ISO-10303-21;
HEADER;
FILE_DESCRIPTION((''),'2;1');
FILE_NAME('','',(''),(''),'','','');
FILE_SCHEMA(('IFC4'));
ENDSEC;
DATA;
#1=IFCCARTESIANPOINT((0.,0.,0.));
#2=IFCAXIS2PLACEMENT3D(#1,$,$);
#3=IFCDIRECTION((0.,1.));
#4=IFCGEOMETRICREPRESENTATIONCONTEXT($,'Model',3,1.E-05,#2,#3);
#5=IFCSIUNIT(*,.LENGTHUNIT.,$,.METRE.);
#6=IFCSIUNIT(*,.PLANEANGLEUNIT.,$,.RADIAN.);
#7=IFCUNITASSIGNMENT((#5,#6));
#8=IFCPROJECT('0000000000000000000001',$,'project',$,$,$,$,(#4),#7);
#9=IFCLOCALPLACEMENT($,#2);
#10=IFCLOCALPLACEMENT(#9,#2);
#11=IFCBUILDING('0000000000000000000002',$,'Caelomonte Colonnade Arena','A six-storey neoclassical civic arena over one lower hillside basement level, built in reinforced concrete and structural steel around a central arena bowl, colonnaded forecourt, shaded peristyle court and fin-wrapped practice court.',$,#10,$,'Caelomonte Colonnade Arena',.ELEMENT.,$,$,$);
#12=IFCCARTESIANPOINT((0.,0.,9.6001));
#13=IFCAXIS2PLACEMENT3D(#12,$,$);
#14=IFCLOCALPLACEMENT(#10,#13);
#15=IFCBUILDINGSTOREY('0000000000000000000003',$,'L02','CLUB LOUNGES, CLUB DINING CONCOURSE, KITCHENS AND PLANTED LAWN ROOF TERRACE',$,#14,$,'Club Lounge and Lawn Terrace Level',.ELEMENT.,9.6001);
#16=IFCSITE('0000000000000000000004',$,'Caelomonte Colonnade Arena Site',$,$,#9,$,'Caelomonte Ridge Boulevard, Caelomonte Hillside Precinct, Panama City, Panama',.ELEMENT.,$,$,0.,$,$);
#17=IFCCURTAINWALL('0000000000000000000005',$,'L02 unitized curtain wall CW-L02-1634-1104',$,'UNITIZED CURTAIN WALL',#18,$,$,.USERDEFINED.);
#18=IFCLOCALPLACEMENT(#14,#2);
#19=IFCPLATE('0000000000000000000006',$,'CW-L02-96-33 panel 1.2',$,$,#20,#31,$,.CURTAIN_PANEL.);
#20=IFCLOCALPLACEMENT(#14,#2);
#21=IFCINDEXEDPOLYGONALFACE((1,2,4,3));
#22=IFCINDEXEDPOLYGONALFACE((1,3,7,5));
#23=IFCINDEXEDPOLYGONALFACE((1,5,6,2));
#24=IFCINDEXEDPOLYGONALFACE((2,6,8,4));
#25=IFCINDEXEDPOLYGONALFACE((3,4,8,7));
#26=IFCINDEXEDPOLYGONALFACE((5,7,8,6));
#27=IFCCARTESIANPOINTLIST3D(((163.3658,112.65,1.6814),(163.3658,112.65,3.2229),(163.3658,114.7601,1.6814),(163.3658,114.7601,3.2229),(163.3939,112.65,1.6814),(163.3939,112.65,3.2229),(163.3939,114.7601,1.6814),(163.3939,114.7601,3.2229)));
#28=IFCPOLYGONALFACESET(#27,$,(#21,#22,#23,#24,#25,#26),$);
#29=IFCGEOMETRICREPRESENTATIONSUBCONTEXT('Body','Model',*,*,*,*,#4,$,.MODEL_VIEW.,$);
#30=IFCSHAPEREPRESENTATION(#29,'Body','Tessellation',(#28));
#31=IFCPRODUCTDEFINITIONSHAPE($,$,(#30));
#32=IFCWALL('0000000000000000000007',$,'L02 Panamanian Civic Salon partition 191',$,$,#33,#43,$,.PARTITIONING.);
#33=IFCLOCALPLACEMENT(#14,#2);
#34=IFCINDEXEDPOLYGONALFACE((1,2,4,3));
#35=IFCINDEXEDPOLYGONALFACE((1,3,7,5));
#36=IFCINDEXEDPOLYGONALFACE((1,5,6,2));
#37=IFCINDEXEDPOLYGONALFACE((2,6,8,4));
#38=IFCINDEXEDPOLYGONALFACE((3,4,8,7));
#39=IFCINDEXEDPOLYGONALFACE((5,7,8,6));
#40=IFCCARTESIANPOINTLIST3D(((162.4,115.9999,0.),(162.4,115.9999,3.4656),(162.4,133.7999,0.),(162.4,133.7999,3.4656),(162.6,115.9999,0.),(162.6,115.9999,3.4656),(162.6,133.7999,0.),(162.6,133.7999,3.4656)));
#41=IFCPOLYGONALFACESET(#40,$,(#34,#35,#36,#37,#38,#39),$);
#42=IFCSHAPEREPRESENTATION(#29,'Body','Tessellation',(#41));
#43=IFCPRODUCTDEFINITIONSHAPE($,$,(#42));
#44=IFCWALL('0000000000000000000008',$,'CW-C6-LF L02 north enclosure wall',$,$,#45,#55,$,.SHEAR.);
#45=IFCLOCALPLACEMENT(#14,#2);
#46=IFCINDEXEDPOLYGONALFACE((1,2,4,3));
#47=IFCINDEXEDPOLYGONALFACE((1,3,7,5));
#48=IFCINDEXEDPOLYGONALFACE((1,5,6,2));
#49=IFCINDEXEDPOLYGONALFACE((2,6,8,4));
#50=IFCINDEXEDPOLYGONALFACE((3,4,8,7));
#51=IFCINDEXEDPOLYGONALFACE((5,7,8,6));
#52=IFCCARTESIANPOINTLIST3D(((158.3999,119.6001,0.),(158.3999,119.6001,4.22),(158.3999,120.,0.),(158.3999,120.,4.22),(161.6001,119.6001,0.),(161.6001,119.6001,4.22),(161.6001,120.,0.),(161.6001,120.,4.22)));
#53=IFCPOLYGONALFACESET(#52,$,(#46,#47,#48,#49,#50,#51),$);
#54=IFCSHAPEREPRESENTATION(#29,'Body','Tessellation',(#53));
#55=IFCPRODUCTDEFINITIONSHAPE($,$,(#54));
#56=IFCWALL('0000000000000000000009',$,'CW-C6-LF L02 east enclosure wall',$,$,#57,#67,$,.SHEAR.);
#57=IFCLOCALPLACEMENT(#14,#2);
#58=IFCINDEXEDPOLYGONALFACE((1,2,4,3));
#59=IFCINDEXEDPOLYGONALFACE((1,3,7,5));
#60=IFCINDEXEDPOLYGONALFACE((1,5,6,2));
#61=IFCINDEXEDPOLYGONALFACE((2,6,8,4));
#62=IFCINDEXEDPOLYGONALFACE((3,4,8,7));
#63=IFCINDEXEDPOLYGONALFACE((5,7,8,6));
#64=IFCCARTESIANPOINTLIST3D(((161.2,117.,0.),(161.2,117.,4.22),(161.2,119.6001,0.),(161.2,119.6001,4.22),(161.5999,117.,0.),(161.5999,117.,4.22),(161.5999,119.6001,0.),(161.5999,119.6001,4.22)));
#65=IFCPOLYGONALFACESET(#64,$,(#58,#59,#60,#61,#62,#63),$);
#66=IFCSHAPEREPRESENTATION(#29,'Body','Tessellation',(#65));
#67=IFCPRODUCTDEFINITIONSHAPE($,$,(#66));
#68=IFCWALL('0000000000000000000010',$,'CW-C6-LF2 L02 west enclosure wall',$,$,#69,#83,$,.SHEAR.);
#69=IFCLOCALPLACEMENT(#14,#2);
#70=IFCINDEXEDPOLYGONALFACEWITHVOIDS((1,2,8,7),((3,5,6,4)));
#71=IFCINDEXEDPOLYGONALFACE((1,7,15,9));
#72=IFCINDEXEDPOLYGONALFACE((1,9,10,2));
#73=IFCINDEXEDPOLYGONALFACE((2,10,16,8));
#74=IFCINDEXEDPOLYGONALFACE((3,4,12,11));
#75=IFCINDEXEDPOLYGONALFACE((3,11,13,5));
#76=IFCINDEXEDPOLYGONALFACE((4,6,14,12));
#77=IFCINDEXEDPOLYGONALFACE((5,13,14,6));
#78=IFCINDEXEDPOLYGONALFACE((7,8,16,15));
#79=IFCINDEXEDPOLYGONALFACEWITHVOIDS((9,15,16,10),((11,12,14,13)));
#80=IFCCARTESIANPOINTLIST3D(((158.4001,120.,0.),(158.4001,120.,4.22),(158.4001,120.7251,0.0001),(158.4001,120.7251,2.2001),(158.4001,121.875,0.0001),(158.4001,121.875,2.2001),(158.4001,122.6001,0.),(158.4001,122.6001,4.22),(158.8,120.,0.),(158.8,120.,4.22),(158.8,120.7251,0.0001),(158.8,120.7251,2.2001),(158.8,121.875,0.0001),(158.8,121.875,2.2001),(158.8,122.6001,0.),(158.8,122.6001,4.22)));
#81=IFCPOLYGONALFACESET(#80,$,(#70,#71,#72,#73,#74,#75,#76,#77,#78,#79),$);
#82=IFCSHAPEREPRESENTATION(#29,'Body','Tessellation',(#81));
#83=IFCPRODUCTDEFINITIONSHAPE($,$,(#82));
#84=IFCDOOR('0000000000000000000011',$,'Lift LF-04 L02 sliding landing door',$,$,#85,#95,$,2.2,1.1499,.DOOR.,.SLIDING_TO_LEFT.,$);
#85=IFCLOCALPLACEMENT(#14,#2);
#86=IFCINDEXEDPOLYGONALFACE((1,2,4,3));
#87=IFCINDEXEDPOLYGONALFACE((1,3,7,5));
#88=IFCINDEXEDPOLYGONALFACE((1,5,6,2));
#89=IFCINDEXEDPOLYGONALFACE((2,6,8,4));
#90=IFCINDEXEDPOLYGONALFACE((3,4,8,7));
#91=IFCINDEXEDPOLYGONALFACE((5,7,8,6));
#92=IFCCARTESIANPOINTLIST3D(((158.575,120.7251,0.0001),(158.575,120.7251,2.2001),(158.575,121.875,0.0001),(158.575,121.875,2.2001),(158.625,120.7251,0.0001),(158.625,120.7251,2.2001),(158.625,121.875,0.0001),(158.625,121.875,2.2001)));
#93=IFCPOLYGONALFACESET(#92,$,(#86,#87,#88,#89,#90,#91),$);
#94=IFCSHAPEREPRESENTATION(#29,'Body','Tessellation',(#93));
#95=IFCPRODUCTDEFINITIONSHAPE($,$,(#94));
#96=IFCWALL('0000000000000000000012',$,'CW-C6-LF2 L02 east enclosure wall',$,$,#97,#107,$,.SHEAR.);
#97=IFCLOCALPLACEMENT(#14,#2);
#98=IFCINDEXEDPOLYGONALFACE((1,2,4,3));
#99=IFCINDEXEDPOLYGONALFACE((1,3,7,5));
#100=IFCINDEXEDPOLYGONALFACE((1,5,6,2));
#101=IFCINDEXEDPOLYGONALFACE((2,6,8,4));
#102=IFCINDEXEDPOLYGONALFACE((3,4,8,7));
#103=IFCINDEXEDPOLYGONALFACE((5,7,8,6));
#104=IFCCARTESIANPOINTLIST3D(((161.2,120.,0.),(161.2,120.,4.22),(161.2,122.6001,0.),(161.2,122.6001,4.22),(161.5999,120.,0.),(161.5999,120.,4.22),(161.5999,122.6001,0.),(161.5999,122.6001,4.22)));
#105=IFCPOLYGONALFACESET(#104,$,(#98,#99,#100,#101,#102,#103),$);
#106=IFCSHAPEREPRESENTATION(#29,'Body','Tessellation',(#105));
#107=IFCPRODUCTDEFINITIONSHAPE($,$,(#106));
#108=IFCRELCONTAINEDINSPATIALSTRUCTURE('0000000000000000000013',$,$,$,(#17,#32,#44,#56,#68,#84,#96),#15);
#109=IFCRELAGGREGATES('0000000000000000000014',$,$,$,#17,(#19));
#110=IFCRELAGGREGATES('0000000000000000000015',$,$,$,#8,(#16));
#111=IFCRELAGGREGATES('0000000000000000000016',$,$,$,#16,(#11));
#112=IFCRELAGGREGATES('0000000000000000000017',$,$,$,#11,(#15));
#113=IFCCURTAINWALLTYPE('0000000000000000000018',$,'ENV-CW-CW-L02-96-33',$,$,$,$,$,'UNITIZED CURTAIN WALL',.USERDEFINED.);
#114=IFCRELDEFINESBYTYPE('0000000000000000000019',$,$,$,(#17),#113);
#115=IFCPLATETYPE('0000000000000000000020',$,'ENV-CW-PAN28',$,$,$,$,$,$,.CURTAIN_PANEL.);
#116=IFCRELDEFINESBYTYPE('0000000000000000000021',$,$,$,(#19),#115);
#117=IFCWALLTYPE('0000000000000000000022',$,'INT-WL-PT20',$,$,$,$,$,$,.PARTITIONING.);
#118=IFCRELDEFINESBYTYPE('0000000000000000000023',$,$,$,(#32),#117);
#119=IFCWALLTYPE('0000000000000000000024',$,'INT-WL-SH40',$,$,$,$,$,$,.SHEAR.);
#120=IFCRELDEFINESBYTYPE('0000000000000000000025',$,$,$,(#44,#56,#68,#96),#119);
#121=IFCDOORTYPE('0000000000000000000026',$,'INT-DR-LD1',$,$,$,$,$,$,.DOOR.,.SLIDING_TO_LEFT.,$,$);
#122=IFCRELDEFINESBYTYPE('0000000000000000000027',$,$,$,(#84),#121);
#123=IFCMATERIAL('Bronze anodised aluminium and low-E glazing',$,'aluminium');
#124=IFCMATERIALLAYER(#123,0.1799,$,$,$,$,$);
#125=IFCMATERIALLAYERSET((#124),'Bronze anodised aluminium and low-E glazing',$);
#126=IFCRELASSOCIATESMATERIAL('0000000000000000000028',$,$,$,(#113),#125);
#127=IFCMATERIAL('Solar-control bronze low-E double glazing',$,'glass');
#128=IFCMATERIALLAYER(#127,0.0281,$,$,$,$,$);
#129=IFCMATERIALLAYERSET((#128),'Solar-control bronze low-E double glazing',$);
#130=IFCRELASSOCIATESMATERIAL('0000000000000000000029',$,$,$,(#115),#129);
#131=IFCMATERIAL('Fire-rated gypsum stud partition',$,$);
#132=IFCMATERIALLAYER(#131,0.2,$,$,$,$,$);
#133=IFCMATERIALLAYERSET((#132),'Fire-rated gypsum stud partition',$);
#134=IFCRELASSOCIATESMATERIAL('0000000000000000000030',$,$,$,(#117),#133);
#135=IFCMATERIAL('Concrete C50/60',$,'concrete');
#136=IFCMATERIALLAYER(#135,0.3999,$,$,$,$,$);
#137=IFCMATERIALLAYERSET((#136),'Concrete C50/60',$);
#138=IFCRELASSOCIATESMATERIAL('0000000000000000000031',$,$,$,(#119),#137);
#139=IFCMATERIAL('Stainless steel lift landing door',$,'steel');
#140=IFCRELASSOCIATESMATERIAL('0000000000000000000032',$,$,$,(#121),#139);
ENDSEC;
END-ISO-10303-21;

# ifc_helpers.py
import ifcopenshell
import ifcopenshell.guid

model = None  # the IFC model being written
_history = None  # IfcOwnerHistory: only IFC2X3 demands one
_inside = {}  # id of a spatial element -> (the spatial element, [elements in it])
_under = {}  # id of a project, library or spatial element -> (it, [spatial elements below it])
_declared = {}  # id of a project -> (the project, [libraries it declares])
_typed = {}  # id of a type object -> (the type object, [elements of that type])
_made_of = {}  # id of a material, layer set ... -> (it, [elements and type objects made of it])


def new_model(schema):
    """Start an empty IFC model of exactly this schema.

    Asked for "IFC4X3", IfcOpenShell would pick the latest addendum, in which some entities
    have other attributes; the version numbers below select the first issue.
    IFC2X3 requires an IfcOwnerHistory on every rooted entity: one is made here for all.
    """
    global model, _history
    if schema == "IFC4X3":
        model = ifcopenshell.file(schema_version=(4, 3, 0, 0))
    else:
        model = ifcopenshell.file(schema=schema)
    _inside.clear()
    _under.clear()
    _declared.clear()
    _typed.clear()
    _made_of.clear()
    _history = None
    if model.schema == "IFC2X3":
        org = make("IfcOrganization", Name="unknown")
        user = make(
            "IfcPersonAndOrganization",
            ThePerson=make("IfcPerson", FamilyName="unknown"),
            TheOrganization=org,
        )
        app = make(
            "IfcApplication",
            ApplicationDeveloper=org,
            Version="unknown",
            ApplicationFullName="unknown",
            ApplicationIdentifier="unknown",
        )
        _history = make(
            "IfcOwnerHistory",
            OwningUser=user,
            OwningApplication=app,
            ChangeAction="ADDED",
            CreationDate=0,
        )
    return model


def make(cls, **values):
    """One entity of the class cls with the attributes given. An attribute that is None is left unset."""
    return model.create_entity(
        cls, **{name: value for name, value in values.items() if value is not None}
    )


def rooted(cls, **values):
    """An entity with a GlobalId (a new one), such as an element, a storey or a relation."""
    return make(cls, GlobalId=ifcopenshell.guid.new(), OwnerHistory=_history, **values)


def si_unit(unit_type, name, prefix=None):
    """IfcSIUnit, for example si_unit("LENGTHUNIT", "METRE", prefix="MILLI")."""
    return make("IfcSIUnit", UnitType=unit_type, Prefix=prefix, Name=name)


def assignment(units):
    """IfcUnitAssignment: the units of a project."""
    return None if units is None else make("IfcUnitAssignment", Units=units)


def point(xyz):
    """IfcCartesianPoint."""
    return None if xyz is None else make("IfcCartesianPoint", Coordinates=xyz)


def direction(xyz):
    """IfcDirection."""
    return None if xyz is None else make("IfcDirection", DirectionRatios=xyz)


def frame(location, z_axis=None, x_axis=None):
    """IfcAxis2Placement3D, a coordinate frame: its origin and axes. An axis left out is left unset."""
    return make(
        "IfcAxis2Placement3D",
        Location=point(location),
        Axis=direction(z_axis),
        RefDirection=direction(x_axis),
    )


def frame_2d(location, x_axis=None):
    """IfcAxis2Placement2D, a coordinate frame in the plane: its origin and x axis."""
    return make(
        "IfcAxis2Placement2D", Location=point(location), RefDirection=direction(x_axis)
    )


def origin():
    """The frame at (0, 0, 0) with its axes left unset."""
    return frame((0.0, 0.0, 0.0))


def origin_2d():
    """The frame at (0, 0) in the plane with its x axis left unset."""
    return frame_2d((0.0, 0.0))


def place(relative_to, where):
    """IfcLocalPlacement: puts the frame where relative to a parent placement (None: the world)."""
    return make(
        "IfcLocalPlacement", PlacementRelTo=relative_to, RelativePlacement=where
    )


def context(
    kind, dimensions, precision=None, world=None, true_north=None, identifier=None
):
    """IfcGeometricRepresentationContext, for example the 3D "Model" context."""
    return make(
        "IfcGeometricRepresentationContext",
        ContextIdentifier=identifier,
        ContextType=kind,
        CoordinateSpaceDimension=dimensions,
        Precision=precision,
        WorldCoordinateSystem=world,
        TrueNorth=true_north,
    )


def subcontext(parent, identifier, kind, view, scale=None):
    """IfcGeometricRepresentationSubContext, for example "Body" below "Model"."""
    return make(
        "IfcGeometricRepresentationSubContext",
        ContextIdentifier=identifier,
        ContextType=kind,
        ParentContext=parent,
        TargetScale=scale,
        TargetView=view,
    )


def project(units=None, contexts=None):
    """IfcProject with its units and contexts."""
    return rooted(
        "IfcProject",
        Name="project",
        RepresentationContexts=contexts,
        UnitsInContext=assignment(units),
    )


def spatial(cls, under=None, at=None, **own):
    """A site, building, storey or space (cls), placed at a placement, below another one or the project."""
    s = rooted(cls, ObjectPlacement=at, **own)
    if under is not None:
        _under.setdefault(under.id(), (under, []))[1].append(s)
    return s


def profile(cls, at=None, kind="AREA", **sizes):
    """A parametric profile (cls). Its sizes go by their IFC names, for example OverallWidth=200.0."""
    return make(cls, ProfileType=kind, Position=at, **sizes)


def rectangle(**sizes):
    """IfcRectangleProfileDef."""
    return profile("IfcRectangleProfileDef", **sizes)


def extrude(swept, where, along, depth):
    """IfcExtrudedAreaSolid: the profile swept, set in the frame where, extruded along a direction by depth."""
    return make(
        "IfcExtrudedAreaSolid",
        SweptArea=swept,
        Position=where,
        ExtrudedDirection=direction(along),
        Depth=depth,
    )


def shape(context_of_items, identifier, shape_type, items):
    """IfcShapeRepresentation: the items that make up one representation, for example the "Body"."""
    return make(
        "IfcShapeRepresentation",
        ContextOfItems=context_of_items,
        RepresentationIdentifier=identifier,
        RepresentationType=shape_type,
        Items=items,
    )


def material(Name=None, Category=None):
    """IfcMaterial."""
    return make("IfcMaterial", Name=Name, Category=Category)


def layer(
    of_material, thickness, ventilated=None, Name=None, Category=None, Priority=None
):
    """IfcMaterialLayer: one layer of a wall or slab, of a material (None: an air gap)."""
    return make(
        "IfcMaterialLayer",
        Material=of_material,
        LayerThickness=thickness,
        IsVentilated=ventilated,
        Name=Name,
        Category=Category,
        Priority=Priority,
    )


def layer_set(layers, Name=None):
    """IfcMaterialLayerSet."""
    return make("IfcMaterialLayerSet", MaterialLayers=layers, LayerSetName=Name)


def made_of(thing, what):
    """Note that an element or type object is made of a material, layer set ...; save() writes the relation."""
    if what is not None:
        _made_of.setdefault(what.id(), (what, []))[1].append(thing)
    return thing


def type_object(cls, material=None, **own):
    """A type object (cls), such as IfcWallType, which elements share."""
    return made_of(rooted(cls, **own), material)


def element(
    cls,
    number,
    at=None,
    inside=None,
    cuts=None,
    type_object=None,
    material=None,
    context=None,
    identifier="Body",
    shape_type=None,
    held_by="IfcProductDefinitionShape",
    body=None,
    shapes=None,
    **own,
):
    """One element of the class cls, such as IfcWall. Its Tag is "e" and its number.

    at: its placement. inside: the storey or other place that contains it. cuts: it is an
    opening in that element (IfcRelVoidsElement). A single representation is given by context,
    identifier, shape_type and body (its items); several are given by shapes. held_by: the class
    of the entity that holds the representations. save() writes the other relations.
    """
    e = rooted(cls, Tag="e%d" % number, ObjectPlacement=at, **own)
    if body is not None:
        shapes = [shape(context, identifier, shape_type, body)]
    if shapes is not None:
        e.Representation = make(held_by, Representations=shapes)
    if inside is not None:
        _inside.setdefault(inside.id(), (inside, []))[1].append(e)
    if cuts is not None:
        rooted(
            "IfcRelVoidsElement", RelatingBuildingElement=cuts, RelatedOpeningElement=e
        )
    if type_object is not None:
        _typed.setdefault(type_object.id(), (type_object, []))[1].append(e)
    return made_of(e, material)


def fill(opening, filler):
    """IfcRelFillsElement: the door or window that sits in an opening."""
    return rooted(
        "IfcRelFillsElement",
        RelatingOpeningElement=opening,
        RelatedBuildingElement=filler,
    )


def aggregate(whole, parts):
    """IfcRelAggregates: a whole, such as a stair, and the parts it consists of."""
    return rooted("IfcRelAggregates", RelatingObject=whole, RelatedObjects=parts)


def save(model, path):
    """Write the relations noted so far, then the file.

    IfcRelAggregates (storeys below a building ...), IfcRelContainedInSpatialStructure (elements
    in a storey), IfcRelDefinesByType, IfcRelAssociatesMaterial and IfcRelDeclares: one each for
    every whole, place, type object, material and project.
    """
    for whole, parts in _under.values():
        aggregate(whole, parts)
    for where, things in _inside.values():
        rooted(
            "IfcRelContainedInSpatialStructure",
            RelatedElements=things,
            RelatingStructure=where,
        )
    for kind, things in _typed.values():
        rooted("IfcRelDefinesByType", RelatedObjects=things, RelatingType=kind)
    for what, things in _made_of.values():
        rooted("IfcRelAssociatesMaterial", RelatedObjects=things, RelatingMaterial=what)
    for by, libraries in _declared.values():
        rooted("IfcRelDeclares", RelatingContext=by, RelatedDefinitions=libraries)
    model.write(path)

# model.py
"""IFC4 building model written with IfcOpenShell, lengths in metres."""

from ifc_helpers import new_model, si_unit, direction, frame, frame_2d, origin, origin_2d, place, context, subcontext, project, spatial, rectangle, extrude, material, layer, layer_set, type_object, element, fill, aggregate, save


model = new_model("IFC4")

# Units and contexts
model_context = context("Model", 3, precision=1e-05, world=origin(), true_north=direction((0.0, 1.0)))
body_context = subcontext(model_context, "Body", "Model", "MODEL_VIEW")
ifc_project = project(units=[si_unit("LENGTHUNIT", "METRE"), si_unit("PLANEANGLEUNIT", "RADIAN")], contexts=[model_context])

# Site, building, storey
site_placement = place(None, origin())
site = spatial("IfcSite", under=ifc_project, at=site_placement, Name="Caelomonte Colonnade Arena Site", LongName="Caelomonte Ridge Boulevard, Caelomonte Hillside Precinct, Panama City, Panama", CompositionType="ELEMENT", RefElevation=0.0)
building_placement = place(site_placement, origin())
building = spatial("IfcBuilding", under=site, at=building_placement, Name="Caelomonte Colonnade Arena", Description="A six-storey neoclassical civic arena over one lower hillside basement level, built in reinforced concrete and structural steel around a central arena bowl, colonnaded forecourt, shaded peristyle court and fin-wrapped practice court.", LongName="Caelomonte Colonnade Arena", CompositionType="ELEMENT")
storey_placement = place(building_placement, frame((0.0, 0.0, 9.6001)))
storey = spatial("IfcBuildingStorey", under=building, at=storey_placement, Name="L02", Description="CLUB LOUNGES, CLUB DINING CONCOURSE, KITCHENS AND PLANTED LAWN ROOF TERRACE", LongName="Club Lounge and Lawn Terrace Level", CompositionType="ELEMENT", Elevation=9.6001)

# Shared definitions
ifc_material_1 = material(Name="Bronze anodised aluminium and low-E glazing", Category="aluminium")
ifc_layer_1 = layer(ifc_material_1, 0.1799)
ifc_layer_set_1 = layer_set([ifc_layer_1], Name="Bronze anodised aluminium and low-E glazing")
curtain_wall_type = type_object("IfcCurtainWallType", Name="ENV-CW-CW-L02-96-33", ElementType="UNITIZED CURTAIN WALL", PredefinedType="USERDEFINED", material=ifc_layer_set_1)

# Curtain wall
curtain_wall_1_placement = place(storey_placement, origin())
curtain_wall_1 = element("IfcCurtainWall", 1, at=curtain_wall_1_placement, inside=storey, type_object=curtain_wall_type, Name="L02 unitized curtain wall CW-L02-1634-1104", ObjectType="UNITIZED CURTAIN WALL", PredefinedType="USERDEFINED")

# Plate
ifc_material_2 = material(Name="Solar-control bronze low-E double glazing", Category="glass")
ifc_layer_2 = layer(ifc_material_2, 0.0281)
ifc_layer_set_2 = layer_set([ifc_layer_2], Name="Solar-control bronze low-E double glazing")
plate_type = type_object("IfcPlateType", Name="ENV-CW-PAN28", PredefinedType="CURTAIN_PANEL", material=ifc_layer_set_2)
plate_1_placement = place(storey_placement, frame((163.3799, 113.7051, 1.6814), z_axis=(0.0, 0.0, 1.0), x_axis=(0.0, -1.0, 0.0)))
plate_1 = element("IfcPlate", 2, at=plate_1_placement, type_object=plate_type, Name="CW-L02-96-33 panel 1.2", PredefinedType="CURTAIN_PANEL", context=body_context, shape_type="SweptSolid", body=[
    extrude(rectangle(XDim=2.1101, YDim=0.0281, at=origin_2d()), origin(), (0.0, 0.0, 1.0), 1.5415),
])
aggregate(curtain_wall_1, [plate_1])

# Walls
ifc_material_3 = material(Name="Fire-rated gypsum stud partition")
ifc_layer_3 = layer(ifc_material_3, 0.2)
ifc_layer_set_3 = layer_set([ifc_layer_3], Name="Fire-rated gypsum stud partition")
wall_type_1 = type_object("IfcWallType", Name="INT-WL-PT20", PredefinedType="PARTITIONING", material=ifc_layer_set_3)
wall_1_placement = place(storey_placement, frame((162.5, 116.0, 0.0), z_axis=(0.0, 0.0, 1.0), x_axis=(0.0, 1.0, 0.0)))
element("IfcWall", 3, at=wall_1_placement, inside=storey, type_object=wall_type_1, Name="L02 Panamanian Civic Salon partition 191", PredefinedType="PARTITIONING", context=body_context, shape_type="SweptSolid", body=[
    extrude(rectangle(XDim=17.8, YDim=0.2, at=frame_2d((8.8999, 0.0))), origin(), (0.0, 0.0, 1.0), 3.4656),
])
ifc_material_4 = material(Name="Concrete C50/60", Category="concrete")
ifc_layer_4 = layer(ifc_material_4, 0.3999)
ifc_layer_set_4 = layer_set([ifc_layer_4], Name="Concrete C50/60")
wall_type_2 = type_object("IfcWallType", Name="INT-WL-SH40", PredefinedType="SHEAR", material=ifc_layer_set_4)
wall_2_placement = place(storey_placement, frame((161.6001, 119.8, 0.0), z_axis=(0.0, 0.0, 1.0), x_axis=(-1.0, 0.0, 0.0)))
element("IfcWall", 4, at=wall_2_placement, inside=storey, type_object=wall_type_2, Name="CW-C6-LF L02 north enclosure wall", PredefinedType="SHEAR", context=body_context, shape_type="SweptSolid", body=[
    extrude(rectangle(XDim=3.2002, YDim=0.3999, at=frame_2d((1.6001, 0.0))), origin(), (0.0, 0.0, 1.0), 4.22),
])
wall_3_placement = place(storey_placement, frame((161.3999, 117.0, 0.0), z_axis=(0.0, 0.0, 1.0), x_axis=(0.0, 1.0, 0.0)))
element("IfcWall", 5, at=wall_3_placement, inside=storey, type_object=wall_type_2, Name="CW-C6-LF L02 east enclosure wall", PredefinedType="SHEAR", context=body_context, shape_type="SweptSolid", body=[
    extrude(rectangle(XDim=2.6001, YDim=0.3999, at=frame_2d((1.3, 0.0))), origin(), (0.0, 0.0, 1.0), 4.22),
])

# Wall, opening, door
wall_4_placement = place(storey_placement, frame((158.6001, 122.6001, 0.0), z_axis=(0.0, 0.0, 1.0), x_axis=(0.0, -1.0, 0.0)))
wall_4 = element("IfcWall", 6, at=wall_4_placement, inside=storey, type_object=wall_type_2, Name="CW-C6-LF2 L02 west enclosure wall", PredefinedType="SHEAR", context=body_context, shape_type="SweptSolid", body=[
    extrude(rectangle(XDim=2.6001, YDim=0.3999, at=frame_2d((1.3, 0.0))), origin(), (0.0, 0.0, 1.0), 4.22),
])
opening_placement = place(wall_4_placement, frame((0.7251, 0.0, 0.0), z_axis=(0.0, 0.0, 1.0), x_axis=(1.0, 0.0, 0.0)))
opening = element("IfcOpeningElement", 7, at=opening_placement, cuts=wall_4, PredefinedType="OPENING", context=body_context, shape_type="SweptSolid", body=[
    extrude(rectangle(XDim=1.1499, YDim=2.2, at=frame_2d((0.575, 1.1001))), frame((0.0, 0.21, 0.0), z_axis=(0.0, -1.0, 0.0), x_axis=(1.0, 0.0, 0.0)), (0.0, 0.0, 1.0), 0.4199),
])
ifc_material_5 = material(Name="Stainless steel lift landing door", Category="steel")
door_type = type_object("IfcDoorType", Name="INT-DR-LD1", OperationType="SLIDING_TO_LEFT", PredefinedType="DOOR", material=ifc_material_5)
door_placement = place(opening_placement, origin())
door = element("IfcDoor", 8, at=door_placement, inside=storey, type_object=door_type, Name="Lift LF-04 L02 sliding landing door", OperationType="SLIDING_TO_LEFT", OverallHeight=2.2, OverallWidth=1.1499, PredefinedType="DOOR", context=body_context, shape_type="SweptSolid", body=[
    extrude(rectangle(XDim=1.1499, YDim=2.2, at=frame_2d((0.575, 1.1001))), frame((0.0, 0.0249, 0.0), z_axis=(0.0, -1.0, 0.0), x_axis=(1.0, 0.0, 0.0)), (0.0, 0.0, 1.0), 0.05),
])
fill(opening, door)

# Wall
wall_5_placement = place(storey_placement, frame((161.3999, 120.0, 0.0), z_axis=(0.0, 0.0, 1.0), x_axis=(0.0, 1.0, 0.0)))
element("IfcWall", 9, at=wall_5_placement, inside=storey, type_object=wall_type_2, Name="CW-C6-LF2 L02 east enclosure wall", PredefinedType="SHEAR", context=body_context, shape_type="SweptSolid", body=[
    extrude(rectangle(XDim=2.6001, YDim=0.3999, at=frame_2d((1.3, 0.0))), origin(), (0.0, 0.0, 1.0), 4.22),
])

save(model, "model.ifc")
